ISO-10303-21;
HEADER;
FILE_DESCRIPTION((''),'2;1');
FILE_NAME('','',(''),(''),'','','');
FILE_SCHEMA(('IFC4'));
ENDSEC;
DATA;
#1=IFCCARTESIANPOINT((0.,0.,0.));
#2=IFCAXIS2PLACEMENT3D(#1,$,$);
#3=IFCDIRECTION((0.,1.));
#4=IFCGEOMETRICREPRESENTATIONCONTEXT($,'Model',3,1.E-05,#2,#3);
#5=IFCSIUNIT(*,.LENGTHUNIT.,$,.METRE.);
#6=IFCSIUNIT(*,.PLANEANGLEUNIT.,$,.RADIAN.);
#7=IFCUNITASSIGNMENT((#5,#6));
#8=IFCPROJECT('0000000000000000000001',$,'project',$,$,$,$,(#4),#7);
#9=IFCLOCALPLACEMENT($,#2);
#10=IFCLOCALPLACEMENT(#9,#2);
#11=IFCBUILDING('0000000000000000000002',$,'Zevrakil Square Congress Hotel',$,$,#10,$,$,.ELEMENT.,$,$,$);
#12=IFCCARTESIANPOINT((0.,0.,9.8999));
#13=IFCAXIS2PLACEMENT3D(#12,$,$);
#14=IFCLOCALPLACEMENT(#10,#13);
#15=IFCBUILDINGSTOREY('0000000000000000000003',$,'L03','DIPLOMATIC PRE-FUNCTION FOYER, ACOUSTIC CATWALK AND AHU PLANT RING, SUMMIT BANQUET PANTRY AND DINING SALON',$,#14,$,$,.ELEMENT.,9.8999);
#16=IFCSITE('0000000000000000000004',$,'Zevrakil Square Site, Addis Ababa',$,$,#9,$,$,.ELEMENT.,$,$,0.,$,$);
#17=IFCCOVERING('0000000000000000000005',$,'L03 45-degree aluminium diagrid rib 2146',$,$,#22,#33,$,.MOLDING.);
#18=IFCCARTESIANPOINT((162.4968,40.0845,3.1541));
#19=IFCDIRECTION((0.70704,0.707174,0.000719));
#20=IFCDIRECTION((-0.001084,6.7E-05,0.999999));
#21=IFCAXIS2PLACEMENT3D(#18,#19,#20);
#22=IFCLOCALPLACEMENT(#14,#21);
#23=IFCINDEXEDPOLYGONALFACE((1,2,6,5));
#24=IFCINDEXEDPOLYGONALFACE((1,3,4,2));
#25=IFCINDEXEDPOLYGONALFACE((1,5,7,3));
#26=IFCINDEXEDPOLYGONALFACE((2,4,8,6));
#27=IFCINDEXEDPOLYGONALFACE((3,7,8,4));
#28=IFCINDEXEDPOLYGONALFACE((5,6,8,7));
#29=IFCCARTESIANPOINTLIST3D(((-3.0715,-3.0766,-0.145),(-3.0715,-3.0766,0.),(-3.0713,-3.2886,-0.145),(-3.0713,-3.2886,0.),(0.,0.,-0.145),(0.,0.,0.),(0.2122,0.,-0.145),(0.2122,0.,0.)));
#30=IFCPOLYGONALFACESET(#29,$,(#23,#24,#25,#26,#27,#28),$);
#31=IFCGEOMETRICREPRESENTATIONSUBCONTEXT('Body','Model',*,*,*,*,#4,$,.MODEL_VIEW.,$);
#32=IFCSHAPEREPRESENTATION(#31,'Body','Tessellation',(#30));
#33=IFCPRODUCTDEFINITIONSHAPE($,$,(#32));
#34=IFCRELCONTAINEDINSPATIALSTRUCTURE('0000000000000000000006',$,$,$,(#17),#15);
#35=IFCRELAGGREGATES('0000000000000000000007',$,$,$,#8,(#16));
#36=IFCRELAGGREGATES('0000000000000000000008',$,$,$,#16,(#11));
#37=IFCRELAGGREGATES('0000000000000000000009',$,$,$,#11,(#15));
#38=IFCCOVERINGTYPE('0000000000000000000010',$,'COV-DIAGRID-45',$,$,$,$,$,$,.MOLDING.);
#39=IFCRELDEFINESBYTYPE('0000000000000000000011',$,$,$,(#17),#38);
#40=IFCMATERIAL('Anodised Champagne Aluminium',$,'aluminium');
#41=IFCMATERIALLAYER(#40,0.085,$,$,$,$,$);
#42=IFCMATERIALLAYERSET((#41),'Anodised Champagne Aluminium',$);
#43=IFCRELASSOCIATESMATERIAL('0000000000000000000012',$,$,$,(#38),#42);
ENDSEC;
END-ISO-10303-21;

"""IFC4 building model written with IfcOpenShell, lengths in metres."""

from ifc_helpers import new_model, si_unit, direction, frame, origin, place, context, subcontext, project, spatial, polyline, outline, extrude, material, layer, layer_set, type_object, element, save


model = new_model("IFC4")

# Units and contexts
model_context = context("Model", 3, precision=1e-05, world=origin(), true_north=direction((0.0, 1.0)))
body_context = subcontext(model_context, "Body", "Model", "MODEL_VIEW")
ifc_project = project(units=[si_unit("LENGTHUNIT", "METRE"), si_unit("PLANEANGLEUNIT", "RADIAN")], contexts=[model_context])

# Site, building, storey
site_placement = place(None, origin())
site = spatial("IfcSite", under=ifc_project, at=site_placement, Name="Zevrakil Square Site, Addis Ababa", CompositionType="ELEMENT", RefElevation=0.0)
building_placement = place(site_placement, origin())
building = spatial("IfcBuilding", under=site, at=building_placement, Name="Zevrakil Square Congress Hotel", CompositionType="ELEMENT")
storey_placement = place(building_placement, frame((0.0, 0.0, 9.8999)))
storey = spatial("IfcBuildingStorey", under=building, at=storey_placement, Name="L03", Description="DIPLOMATIC PRE-FUNCTION FOYER, ACOUSTIC CATWALK AND AHU PLANT RING, SUMMIT BANQUET PANTRY AND DINING SALON", CompositionType="ELEMENT", Elevation=9.8999)

# Covering
ifc_material_1 = material(Name="Anodised Champagne Aluminium", Category="aluminium")
ifc_layer_1 = layer(ifc_material_1, 0.085)
ifc_layer_set_1 = layer_set([ifc_layer_1], Name="Anodised Champagne Aluminium")
covering_type_1 = type_object("IfcCoveringType", Name="COV-DIAGRID-45", PredefinedType="MOLDING", material=ifc_layer_set_1)
covering_1_placement = place(storey_placement, frame((162.4968, 40.0845, 3.1541), z_axis=(0.70704, 0.707174, 0.000719), x_axis=(-0.001084, 0.000067, 0.999999)))
element("IfcCovering", 1, at=covering_1_placement, inside=storey, type_object=covering_type_1, Name="L03 45-degree aluminium diagrid rib 2146", PredefinedType="MOLDING", context=body_context, shape_type="SweptSolid", body=[
    extrude(outline(polyline([(0.0, 0.0), (0.2122, 0.0), (-3.0713, -3.2886), (-3.0715, -3.0766), (0.0, 0.0)])), origin(), (0.0, 0.0, -1.0), 0.145),
])

save(model, "model.ifc")
